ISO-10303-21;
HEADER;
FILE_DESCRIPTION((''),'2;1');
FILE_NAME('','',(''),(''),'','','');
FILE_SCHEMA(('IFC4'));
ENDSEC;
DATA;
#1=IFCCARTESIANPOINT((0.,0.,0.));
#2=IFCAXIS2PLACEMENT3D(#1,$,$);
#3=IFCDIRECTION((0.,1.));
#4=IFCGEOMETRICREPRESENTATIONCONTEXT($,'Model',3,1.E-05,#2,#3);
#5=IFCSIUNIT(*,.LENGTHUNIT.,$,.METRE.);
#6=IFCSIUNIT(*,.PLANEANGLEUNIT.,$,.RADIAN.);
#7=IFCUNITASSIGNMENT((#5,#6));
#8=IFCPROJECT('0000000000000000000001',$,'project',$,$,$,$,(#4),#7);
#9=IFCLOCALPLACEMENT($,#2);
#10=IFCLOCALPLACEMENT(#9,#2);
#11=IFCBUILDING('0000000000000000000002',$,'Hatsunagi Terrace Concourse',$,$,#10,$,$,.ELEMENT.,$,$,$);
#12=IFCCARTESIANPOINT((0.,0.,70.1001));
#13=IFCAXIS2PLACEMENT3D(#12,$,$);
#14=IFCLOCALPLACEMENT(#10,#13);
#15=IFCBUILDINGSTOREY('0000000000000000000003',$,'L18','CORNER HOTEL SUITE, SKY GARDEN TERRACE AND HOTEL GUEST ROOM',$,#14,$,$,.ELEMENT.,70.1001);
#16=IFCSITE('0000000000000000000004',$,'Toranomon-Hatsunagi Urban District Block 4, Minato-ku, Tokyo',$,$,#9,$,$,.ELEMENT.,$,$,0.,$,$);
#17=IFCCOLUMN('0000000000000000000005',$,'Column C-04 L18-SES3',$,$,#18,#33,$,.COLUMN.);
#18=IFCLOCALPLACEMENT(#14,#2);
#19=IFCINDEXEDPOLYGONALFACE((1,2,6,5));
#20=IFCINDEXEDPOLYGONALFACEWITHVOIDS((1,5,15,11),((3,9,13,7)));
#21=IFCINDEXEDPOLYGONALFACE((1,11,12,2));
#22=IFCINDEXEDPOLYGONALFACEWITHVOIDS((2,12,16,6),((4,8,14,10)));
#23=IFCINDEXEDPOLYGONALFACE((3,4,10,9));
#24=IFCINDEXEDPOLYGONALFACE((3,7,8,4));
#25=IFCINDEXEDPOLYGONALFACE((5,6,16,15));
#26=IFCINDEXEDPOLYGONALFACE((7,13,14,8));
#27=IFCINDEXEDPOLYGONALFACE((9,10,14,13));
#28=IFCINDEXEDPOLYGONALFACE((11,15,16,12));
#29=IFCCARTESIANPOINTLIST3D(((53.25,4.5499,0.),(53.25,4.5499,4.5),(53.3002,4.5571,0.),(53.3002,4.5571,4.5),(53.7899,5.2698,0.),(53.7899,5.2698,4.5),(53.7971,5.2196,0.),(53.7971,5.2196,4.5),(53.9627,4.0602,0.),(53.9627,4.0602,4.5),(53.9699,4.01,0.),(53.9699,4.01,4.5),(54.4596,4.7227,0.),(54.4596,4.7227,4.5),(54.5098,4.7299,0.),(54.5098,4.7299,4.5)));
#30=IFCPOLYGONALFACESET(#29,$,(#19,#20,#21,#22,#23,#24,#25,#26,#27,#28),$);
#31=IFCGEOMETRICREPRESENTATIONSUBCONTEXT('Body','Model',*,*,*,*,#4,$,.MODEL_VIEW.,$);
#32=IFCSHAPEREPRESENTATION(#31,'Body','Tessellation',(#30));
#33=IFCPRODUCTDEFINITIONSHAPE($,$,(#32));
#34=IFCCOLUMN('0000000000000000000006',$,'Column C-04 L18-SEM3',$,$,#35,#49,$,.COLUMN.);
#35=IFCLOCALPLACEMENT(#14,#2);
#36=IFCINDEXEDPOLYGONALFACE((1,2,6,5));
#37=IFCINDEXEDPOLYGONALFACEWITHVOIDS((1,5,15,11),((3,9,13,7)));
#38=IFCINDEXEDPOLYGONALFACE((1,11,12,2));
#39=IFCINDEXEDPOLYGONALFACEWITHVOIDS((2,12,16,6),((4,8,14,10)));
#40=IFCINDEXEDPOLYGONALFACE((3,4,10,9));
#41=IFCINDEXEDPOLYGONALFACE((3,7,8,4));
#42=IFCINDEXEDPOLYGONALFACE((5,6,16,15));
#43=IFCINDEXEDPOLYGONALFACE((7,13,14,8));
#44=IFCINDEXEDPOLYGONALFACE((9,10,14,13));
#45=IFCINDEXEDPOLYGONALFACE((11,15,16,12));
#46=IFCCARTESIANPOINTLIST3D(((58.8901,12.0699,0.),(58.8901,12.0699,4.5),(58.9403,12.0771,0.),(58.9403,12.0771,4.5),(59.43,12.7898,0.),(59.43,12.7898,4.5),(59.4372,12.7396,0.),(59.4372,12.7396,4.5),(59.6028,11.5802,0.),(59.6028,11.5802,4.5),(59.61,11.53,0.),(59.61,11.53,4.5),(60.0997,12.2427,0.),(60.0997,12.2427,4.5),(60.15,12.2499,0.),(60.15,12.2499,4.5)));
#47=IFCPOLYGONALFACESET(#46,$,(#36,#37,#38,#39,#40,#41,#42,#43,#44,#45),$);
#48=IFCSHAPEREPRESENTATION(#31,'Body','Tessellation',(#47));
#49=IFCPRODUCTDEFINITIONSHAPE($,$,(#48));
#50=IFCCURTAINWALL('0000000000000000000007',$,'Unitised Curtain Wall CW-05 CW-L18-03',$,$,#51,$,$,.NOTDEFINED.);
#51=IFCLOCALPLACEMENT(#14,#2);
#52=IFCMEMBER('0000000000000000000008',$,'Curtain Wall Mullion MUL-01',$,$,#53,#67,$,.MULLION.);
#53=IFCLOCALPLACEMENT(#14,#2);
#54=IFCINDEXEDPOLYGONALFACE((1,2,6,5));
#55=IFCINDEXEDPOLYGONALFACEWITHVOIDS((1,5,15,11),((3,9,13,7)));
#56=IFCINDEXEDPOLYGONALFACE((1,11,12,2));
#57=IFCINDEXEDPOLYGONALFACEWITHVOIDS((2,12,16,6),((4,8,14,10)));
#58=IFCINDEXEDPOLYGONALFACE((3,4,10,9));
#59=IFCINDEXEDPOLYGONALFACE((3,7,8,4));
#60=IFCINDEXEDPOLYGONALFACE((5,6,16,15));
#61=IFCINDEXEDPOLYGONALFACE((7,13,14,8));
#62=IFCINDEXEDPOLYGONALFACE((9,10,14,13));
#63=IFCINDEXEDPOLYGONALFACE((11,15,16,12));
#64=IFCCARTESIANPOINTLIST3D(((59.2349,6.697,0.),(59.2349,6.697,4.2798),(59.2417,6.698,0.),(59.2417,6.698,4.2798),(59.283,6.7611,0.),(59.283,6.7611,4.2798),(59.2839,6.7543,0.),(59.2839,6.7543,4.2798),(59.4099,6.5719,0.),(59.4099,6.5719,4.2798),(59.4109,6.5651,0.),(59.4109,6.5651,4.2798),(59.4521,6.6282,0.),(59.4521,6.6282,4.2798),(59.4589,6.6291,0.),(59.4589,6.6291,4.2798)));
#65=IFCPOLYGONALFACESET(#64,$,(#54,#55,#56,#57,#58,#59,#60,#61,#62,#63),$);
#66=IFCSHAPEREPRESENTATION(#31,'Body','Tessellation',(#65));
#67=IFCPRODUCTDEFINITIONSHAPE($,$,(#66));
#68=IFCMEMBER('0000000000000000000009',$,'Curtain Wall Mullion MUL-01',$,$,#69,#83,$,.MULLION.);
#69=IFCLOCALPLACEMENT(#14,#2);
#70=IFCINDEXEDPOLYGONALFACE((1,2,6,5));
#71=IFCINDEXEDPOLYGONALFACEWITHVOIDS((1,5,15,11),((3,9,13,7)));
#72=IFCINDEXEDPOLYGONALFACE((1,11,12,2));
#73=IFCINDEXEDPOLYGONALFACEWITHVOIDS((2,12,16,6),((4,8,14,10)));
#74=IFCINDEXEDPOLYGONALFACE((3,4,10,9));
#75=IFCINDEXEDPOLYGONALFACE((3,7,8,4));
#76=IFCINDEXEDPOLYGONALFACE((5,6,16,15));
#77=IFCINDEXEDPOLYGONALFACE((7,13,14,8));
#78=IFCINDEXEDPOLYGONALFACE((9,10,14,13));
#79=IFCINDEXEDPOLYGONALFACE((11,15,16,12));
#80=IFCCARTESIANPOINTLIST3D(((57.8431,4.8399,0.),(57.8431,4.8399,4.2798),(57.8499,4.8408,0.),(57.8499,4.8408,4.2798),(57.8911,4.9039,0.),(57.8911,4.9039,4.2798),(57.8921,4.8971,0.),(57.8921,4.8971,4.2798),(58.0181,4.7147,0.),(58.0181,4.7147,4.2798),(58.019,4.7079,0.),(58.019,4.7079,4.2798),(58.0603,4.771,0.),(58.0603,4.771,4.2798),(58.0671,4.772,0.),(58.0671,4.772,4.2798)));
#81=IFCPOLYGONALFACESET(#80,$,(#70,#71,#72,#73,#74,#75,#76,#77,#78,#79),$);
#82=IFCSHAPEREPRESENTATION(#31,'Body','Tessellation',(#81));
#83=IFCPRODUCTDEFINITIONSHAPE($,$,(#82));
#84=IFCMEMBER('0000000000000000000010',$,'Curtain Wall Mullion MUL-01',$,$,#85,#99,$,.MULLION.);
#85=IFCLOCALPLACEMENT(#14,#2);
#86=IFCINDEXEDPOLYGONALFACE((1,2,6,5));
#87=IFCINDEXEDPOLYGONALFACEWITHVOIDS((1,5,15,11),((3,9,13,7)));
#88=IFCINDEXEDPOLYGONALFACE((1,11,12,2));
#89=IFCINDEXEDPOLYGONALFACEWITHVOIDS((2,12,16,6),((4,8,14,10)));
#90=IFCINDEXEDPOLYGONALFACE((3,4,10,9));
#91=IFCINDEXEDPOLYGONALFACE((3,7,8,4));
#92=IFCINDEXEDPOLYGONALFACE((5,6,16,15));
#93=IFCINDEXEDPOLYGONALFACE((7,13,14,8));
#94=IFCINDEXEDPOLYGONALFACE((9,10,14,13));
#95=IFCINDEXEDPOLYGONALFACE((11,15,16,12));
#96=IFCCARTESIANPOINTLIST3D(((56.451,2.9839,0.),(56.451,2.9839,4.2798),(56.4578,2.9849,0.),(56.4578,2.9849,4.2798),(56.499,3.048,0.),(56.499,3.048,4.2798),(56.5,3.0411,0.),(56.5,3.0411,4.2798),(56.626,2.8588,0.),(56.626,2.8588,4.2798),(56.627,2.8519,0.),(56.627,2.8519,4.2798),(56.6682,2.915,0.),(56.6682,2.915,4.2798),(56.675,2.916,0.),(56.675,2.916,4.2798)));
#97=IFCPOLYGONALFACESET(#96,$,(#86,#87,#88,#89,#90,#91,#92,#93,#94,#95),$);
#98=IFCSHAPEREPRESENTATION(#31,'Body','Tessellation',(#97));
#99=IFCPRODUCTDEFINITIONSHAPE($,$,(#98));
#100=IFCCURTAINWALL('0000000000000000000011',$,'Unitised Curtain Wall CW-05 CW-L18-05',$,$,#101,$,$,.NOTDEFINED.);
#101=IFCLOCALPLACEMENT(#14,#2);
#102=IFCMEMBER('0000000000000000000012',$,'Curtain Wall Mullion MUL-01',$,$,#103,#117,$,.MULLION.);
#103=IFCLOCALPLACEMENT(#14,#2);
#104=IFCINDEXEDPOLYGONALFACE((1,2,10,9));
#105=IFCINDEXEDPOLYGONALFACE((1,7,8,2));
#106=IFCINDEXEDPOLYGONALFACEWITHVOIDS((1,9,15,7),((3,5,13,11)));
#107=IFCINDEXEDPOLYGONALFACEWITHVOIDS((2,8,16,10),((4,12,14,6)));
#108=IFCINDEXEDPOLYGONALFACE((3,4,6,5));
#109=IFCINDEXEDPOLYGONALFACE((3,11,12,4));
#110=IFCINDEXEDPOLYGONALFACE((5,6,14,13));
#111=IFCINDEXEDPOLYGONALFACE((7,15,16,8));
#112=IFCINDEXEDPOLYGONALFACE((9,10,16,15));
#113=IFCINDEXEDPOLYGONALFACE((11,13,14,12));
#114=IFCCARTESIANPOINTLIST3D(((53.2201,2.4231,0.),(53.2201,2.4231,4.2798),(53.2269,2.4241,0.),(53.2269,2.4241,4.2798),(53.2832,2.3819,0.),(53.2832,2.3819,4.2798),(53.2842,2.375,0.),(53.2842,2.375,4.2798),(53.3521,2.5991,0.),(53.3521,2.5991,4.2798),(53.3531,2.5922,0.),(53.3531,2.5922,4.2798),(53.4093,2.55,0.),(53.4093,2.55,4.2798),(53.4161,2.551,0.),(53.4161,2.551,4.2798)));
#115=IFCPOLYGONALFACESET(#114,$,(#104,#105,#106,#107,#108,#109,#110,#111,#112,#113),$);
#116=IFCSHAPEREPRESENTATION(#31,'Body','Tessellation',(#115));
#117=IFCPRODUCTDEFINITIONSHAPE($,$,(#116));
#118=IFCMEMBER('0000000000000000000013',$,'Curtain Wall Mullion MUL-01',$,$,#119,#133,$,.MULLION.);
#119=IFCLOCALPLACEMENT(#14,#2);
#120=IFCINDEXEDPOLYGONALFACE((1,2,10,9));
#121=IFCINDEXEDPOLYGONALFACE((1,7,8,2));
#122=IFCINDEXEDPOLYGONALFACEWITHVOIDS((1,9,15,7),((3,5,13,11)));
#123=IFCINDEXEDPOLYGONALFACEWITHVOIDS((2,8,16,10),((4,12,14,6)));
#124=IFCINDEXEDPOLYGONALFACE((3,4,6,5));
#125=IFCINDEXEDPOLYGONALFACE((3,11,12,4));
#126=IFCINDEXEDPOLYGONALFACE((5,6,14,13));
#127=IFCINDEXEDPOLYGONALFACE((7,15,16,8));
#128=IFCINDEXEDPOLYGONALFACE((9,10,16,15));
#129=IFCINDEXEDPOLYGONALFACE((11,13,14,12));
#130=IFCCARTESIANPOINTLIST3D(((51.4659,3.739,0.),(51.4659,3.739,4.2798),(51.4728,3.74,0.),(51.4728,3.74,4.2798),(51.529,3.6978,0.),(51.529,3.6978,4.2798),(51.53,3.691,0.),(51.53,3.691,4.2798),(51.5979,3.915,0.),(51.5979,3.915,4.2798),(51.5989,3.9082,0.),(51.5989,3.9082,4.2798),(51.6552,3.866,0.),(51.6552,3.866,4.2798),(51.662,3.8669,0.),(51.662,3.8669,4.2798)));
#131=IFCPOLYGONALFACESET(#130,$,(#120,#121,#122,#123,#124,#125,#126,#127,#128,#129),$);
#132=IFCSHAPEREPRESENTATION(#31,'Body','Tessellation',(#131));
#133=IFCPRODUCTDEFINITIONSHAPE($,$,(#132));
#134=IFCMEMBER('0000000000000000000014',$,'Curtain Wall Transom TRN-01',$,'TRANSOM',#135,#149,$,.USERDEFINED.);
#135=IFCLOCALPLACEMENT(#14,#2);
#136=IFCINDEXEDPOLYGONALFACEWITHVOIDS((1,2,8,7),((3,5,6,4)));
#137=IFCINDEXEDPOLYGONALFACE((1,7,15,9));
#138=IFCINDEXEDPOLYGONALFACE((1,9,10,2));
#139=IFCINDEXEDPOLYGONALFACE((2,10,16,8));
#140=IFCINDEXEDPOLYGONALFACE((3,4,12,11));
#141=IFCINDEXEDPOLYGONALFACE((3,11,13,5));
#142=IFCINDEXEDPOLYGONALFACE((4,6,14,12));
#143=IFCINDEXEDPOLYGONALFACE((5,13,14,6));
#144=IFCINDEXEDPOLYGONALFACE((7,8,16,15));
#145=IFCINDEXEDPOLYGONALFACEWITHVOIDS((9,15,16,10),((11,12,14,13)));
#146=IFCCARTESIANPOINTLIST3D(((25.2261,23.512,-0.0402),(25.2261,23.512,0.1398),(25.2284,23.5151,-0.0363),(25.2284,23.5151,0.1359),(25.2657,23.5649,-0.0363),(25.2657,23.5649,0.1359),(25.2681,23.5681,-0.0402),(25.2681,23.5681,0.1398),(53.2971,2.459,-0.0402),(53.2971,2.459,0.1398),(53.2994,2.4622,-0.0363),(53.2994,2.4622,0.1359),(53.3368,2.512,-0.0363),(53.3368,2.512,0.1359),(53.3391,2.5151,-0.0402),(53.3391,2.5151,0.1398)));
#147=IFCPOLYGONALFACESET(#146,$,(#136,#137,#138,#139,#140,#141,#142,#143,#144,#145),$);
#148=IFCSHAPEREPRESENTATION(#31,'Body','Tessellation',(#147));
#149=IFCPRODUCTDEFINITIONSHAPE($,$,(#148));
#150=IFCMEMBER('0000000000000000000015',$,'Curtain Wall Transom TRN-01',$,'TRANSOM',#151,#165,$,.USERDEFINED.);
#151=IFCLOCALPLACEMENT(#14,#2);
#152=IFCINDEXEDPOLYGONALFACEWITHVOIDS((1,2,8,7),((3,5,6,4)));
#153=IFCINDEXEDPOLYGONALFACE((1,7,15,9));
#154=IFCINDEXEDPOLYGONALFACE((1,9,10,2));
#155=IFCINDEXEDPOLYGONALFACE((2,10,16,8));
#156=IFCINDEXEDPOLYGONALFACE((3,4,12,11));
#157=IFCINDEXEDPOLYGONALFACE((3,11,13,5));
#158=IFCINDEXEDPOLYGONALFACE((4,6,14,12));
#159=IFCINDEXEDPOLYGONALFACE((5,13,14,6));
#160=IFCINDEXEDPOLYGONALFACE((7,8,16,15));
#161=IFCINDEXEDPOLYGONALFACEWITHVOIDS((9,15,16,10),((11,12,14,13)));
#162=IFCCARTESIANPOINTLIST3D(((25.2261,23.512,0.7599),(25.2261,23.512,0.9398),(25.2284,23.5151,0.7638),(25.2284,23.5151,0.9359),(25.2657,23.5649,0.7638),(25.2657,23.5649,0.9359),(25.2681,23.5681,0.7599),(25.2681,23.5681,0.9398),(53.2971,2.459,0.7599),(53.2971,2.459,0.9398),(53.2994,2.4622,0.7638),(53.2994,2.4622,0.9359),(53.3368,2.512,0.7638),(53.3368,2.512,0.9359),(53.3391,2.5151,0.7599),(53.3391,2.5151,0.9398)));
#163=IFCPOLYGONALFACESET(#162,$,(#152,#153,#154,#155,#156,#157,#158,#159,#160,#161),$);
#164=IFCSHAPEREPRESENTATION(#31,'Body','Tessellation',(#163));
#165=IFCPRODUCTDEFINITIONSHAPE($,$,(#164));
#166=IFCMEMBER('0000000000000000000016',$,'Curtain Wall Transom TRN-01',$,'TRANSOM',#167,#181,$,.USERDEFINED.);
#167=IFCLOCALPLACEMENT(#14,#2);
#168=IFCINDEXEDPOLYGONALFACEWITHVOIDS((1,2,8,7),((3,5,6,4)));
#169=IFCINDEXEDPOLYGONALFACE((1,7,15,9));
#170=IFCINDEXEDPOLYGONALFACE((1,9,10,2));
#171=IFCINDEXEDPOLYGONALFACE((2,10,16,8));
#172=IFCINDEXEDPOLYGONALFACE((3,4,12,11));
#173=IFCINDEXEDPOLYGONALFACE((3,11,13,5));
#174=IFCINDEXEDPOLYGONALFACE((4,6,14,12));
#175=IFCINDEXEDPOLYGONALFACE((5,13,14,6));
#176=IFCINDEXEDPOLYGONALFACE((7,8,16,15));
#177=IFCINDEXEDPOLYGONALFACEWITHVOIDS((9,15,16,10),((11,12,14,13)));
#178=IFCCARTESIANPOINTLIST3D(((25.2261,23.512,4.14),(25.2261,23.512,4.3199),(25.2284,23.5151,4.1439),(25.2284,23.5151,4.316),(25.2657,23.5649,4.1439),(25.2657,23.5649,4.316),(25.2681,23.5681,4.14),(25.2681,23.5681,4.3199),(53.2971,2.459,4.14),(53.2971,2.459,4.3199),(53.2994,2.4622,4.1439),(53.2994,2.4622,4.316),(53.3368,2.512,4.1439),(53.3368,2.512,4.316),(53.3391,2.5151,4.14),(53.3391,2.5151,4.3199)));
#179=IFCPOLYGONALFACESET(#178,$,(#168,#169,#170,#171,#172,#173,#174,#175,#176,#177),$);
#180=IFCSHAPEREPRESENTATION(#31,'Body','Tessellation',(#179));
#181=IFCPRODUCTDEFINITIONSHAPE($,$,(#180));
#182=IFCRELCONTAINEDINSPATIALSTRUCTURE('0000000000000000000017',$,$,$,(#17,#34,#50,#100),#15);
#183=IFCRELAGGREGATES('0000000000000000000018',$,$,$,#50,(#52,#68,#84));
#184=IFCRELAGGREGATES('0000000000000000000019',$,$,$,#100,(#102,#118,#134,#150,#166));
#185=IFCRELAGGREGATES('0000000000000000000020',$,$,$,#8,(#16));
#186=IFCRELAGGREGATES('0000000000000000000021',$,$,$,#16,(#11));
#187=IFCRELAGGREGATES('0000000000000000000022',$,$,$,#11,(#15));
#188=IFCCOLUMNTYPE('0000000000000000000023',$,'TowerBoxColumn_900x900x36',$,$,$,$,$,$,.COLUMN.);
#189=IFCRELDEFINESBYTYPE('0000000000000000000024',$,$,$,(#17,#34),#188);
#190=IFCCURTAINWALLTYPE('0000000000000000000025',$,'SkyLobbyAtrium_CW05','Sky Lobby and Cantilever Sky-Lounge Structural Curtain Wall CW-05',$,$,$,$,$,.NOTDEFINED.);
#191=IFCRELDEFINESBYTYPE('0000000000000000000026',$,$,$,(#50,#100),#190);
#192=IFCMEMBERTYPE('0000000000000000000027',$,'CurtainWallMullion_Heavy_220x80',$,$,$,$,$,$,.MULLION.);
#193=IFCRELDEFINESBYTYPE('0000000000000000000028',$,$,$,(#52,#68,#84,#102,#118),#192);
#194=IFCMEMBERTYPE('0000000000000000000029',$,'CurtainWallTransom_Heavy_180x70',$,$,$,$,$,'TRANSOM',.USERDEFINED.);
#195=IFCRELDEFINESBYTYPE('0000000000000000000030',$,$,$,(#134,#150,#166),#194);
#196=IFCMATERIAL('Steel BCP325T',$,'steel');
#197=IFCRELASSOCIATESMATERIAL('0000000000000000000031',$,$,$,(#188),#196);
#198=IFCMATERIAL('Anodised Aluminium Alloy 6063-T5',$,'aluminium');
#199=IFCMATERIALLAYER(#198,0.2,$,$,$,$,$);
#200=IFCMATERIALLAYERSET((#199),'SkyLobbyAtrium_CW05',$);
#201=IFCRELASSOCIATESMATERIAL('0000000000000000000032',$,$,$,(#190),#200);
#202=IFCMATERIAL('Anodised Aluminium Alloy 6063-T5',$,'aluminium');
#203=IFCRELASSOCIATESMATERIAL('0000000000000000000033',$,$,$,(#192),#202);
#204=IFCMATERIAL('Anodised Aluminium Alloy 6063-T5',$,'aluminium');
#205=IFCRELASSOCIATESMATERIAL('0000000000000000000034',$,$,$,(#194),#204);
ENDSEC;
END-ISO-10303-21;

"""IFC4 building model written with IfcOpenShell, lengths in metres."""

from ifc_helpers import new_model, si_unit, direction, frame, origin, origin_2d, place, context, subcontext, project, spatial, hollow_rectangle, extrude, material, layer, layer_set, material_profile, profile_set, type_object, element, aggregate, save


model = new_model("IFC4")

# Units and contexts
model_context = context("Model", 3, precision=1e-05, world=origin(), true_north=direction((0.0, 1.0)))
body_context = subcontext(model_context, "Body", "Model", "MODEL_VIEW")
ifc_project = project(units=[si_unit("LENGTHUNIT", "METRE"), si_unit("PLANEANGLEUNIT", "RADIAN")], contexts=[model_context])

# Site, building, storey
site_placement = place(None, origin())
site = spatial("IfcSite", under=ifc_project, at=site_placement, Name="Toranomon-Hatsunagi Urban District Block 4, Minato-ku, Tokyo", CompositionType="ELEMENT", RefElevation=0.0)
building_placement = place(site_placement, origin())
building = spatial("IfcBuilding", under=site, at=building_placement, Name="Hatsunagi Terrace Concourse", CompositionType="ELEMENT")
storey_placement = place(building_placement, frame((0.0, 0.0, 70.1001)))
storey = spatial("IfcBuildingStorey", under=building, at=storey_placement, Name="L18", Description="CORNER HOTEL SUITE, SKY GARDEN TERRACE AND HOTEL GUEST ROOM", CompositionType="ELEMENT", Elevation=70.1001)

# Columns
ifc_material_1 = material(Name="Steel BCP325T", Category="steel")
ifc_material_profile_1 = material_profile(ifc_material_1, hollow_rectangle(XDim=0.8999, YDim=0.8999, WallThickness=0.0359, at=origin_2d()), Name="BCP-900x900x36")
ifc_profile_set_1 = profile_set([ifc_material_profile_1], Name="Steel BCP325T")
column_type = type_object("IfcColumnType", Name="TowerBoxColumn_900x900x36", PredefinedType="COLUMN", material=ifc_profile_set_1)
for number, where, z_axis, x_axis, name in (
    (1, (53.8799, 4.6399, 0.0), (0.0, 0.0, 1.0), (0.8, -0.6, 0.0), "Column C-04 L18-SES3"),
    (2, (59.52, 12.1599, 0.0), (0.0, 0.0, 1.0), (0.8, -0.6, 0.0), "Column C-04 L18-SEM3"),
):
    element("IfcColumn", number, at=place(storey_placement, frame(where, z_axis=z_axis, x_axis=x_axis)), inside=storey, type_object=column_type, Name=name, PredefinedType="COLUMN", context=body_context, shape_type="SweptSolid", body=[
        extrude(hollow_rectangle(XDim=0.8999, YDim=0.8999, WallThickness=0.0359, at=origin_2d()), origin(), (0.0, 0.0, 1.0), 4.5),
    ])

# Curtain walls, members
ifc_material_2 = material(Name="Anodised Aluminium Alloy 6063-T5", Category="aluminium")
ifc_layer_1 = layer(ifc_material_2, 0.2)
ifc_layer_set_1 = layer_set([ifc_layer_1], Name="SkyLobbyAtrium_CW05")
curtain_wall_type = type_object("IfcCurtainWallType", Name="SkyLobbyAtrium_CW05", Description="Sky Lobby and Cantilever Sky-Lounge Structural Curtain Wall CW-05", PredefinedType="NOTDEFINED", material=ifc_layer_set_1)
curtain_wall_1_placement = place(storey_placement, origin())
curtain_wall_1 = element("IfcCurtainWall", 3, at=curtain_wall_1_placement, inside=storey, type_object=curtain_wall_type, Name="Unitised Curtain Wall CW-05 CW-L18-03", PredefinedType="NOTDEFINED")
ifc_material_3 = material(Name="Anodised Aluminium Alloy 6063-T5", Category="aluminium")
ifc_material_profile_2 = material_profile(ifc_material_3, hollow_rectangle(XDim=0.0801, YDim=0.22, WallThickness=0.0049, at=origin_2d()), Name="ALU-MUL-220x80x5")
ifc_profile_set_2 = profile_set([ifc_material_profile_2], Name="Anodised Aluminium Alloy 6063-T5")
member_type_1 = type_object("IfcMemberType", Name="CurtainWallMullion_Heavy_220x80", PredefinedType="MULLION", material=ifc_profile_set_2)
member_1_placement = place(storey_placement, frame((59.3469, 6.6631, 0.0), z_axis=(0.0, 0.0, 1.0), x_axis=(-0.599969, -0.800023, 0.0)))
member_1 = element("IfcMember", 4, at=member_1_placement, type_object=member_type_1, Name="Curtain Wall Mullion MUL-01", PredefinedType="MULLION", context=body_context, shape_type="SweptSolid", body=[
    extrude(hollow_rectangle(XDim=0.0801, YDim=0.22, WallThickness=0.0049, at=origin_2d()), origin(), (0.0, 0.0, 1.0), 4.2798),
])
member_2_placement = place(storey_placement, frame((57.9551, 4.8059, 0.0), z_axis=(0.0, 0.0, 1.0), x_axis=(-0.599969, -0.800023, 0.0)))
member_2 = element("IfcMember", 5, at=member_2_placement, type_object=member_type_1, Name="Curtain Wall Mullion MUL-01", PredefinedType="MULLION", context=body_context, shape_type="SweptSolid", body=[
    extrude(hollow_rectangle(XDim=0.0801, YDim=0.22, WallThickness=0.0049, at=origin_2d()), origin(), (0.0, 0.0, 1.0), 4.2798),
])
member_3_placement = place(storey_placement, frame((56.563, 2.95, 0.0), z_axis=(0.0, 0.0, 1.0), x_axis=(-0.599969, -0.800023, 0.0)))
member_3 = element("IfcMember", 6, at=member_3_placement, type_object=member_type_1, Name="Curtain Wall Mullion MUL-01", PredefinedType="MULLION", context=body_context, shape_type="SweptSolid", body=[
    extrude(hollow_rectangle(XDim=0.0801, YDim=0.22, WallThickness=0.0049, at=origin_2d()), origin(), (0.0, 0.0, 1.0), 4.2798),
])
curtain_wall_2_placement = place(storey_placement, origin())
curtain_wall_2 = element("IfcCurtainWall", 7, at=curtain_wall_2_placement, inside=storey, type_object=curtain_wall_type, Name="Unitised Curtain Wall CW-05 CW-L18-05", PredefinedType="NOTDEFINED")
member_4_placement = place(storey_placement, frame((53.3181, 2.4871, 0.0), z_axis=(0.0, 0.0, 1.0), x_axis=(-0.800003, 0.599996, 0.0)))
member_4 = element("IfcMember", 8, at=member_4_placement, type_object=member_type_1, Name="Curtain Wall Mullion MUL-01", PredefinedType="MULLION", context=body_context, shape_type="SweptSolid", body=[
    extrude(hollow_rectangle(XDim=0.0801, YDim=0.22, WallThickness=0.0049, at=origin_2d()), origin(), (0.0, 0.0, 1.0), 4.2798),
])
member_5_placement = place(storey_placement, frame((51.564, 3.803, 0.0), z_axis=(0.0, 0.0, 1.0), x_axis=(-0.800003, 0.599996, 0.0)))
member_5 = element("IfcMember", 9, at=member_5_placement, type_object=member_type_1, Name="Curtain Wall Mullion MUL-01", PredefinedType="MULLION", context=body_context, shape_type="SweptSolid", body=[
    extrude(hollow_rectangle(XDim=0.0801, YDim=0.22, WallThickness=0.0049, at=origin_2d()), origin(), (0.0, 0.0, 1.0), 4.2798),
])
ifc_material_4 = material(Name="Anodised Aluminium Alloy 6063-T5", Category="aluminium")
ifc_material_profile_3 = material_profile(ifc_material_4, hollow_rectangle(XDim=0.0701, YDim=0.1799, WallThickness=0.0039, at=origin_2d()), Name="ALU-TRN-180x70x4")
ifc_profile_set_3 = profile_set([ifc_material_profile_3], Name="Anodised Aluminium Alloy 6063-T5")
member_type_2 = type_object("IfcMemberType", Name="CurtainWallTransom_Heavy_180x70", ElementType="TRANSOM", PredefinedType="USERDEFINED", material=ifc_profile_set_3)
member_6_placement = place(storey_placement, frame((53.3181, 2.4871, 0.0498), z_axis=(-0.800004, 0.599994, 0.0), x_axis=(-0.599994, -0.800004, 0.0)))
member_6 = element("IfcMember", 10, at=member_6_placement, type_object=member_type_2, Name="Curtain Wall Transom TRN-01", ObjectType="TRANSOM", PredefinedType="USERDEFINED", context=body_context, shape_type="SweptSolid", body=[
    extrude(hollow_rectangle(XDim=0.0701, YDim=0.1799, WallThickness=0.0039, at=origin_2d()), origin(), (0.0, 0.0, 1.0), 35.0886),
])
member_7_placement = place(storey_placement, frame((53.3181, 2.4871, 0.8499), z_axis=(-0.800004, 0.599994, 0.0), x_axis=(-0.599994, -0.800004, 0.0)))
member_7 = element("IfcMember", 11, at=member_7_placement, type_object=member_type_2, Name="Curtain Wall Transom TRN-01", ObjectType="TRANSOM", PredefinedType="USERDEFINED", context=body_context, shape_type="SweptSolid", body=[
    extrude(hollow_rectangle(XDim=0.0701, YDim=0.1799, WallThickness=0.0039, at=origin_2d()), origin(), (0.0, 0.0, 1.0), 35.0886),
])
member_8_placement = place(storey_placement, frame((53.3181, 2.4871, 4.23), z_axis=(-0.800004, 0.599994, 0.0), x_axis=(-0.599994, -0.800004, 0.0)))
member_8 = element("IfcMember", 12, at=member_8_placement, type_object=member_type_2, Name="Curtain Wall Transom TRN-01", ObjectType="TRANSOM", PredefinedType="USERDEFINED", context=body_context, shape_type="SweptSolid", body=[
    extrude(hollow_rectangle(XDim=0.0701, YDim=0.1799, WallThickness=0.0039, at=origin_2d()), origin(), (0.0, 0.0, 1.0), 35.0886),
])

aggregate(curtain_wall_1, [member_1, member_2, member_3])
aggregate(curtain_wall_2, [member_4, member_5, member_6, member_7, member_8])

save(model, "model.ifc")
